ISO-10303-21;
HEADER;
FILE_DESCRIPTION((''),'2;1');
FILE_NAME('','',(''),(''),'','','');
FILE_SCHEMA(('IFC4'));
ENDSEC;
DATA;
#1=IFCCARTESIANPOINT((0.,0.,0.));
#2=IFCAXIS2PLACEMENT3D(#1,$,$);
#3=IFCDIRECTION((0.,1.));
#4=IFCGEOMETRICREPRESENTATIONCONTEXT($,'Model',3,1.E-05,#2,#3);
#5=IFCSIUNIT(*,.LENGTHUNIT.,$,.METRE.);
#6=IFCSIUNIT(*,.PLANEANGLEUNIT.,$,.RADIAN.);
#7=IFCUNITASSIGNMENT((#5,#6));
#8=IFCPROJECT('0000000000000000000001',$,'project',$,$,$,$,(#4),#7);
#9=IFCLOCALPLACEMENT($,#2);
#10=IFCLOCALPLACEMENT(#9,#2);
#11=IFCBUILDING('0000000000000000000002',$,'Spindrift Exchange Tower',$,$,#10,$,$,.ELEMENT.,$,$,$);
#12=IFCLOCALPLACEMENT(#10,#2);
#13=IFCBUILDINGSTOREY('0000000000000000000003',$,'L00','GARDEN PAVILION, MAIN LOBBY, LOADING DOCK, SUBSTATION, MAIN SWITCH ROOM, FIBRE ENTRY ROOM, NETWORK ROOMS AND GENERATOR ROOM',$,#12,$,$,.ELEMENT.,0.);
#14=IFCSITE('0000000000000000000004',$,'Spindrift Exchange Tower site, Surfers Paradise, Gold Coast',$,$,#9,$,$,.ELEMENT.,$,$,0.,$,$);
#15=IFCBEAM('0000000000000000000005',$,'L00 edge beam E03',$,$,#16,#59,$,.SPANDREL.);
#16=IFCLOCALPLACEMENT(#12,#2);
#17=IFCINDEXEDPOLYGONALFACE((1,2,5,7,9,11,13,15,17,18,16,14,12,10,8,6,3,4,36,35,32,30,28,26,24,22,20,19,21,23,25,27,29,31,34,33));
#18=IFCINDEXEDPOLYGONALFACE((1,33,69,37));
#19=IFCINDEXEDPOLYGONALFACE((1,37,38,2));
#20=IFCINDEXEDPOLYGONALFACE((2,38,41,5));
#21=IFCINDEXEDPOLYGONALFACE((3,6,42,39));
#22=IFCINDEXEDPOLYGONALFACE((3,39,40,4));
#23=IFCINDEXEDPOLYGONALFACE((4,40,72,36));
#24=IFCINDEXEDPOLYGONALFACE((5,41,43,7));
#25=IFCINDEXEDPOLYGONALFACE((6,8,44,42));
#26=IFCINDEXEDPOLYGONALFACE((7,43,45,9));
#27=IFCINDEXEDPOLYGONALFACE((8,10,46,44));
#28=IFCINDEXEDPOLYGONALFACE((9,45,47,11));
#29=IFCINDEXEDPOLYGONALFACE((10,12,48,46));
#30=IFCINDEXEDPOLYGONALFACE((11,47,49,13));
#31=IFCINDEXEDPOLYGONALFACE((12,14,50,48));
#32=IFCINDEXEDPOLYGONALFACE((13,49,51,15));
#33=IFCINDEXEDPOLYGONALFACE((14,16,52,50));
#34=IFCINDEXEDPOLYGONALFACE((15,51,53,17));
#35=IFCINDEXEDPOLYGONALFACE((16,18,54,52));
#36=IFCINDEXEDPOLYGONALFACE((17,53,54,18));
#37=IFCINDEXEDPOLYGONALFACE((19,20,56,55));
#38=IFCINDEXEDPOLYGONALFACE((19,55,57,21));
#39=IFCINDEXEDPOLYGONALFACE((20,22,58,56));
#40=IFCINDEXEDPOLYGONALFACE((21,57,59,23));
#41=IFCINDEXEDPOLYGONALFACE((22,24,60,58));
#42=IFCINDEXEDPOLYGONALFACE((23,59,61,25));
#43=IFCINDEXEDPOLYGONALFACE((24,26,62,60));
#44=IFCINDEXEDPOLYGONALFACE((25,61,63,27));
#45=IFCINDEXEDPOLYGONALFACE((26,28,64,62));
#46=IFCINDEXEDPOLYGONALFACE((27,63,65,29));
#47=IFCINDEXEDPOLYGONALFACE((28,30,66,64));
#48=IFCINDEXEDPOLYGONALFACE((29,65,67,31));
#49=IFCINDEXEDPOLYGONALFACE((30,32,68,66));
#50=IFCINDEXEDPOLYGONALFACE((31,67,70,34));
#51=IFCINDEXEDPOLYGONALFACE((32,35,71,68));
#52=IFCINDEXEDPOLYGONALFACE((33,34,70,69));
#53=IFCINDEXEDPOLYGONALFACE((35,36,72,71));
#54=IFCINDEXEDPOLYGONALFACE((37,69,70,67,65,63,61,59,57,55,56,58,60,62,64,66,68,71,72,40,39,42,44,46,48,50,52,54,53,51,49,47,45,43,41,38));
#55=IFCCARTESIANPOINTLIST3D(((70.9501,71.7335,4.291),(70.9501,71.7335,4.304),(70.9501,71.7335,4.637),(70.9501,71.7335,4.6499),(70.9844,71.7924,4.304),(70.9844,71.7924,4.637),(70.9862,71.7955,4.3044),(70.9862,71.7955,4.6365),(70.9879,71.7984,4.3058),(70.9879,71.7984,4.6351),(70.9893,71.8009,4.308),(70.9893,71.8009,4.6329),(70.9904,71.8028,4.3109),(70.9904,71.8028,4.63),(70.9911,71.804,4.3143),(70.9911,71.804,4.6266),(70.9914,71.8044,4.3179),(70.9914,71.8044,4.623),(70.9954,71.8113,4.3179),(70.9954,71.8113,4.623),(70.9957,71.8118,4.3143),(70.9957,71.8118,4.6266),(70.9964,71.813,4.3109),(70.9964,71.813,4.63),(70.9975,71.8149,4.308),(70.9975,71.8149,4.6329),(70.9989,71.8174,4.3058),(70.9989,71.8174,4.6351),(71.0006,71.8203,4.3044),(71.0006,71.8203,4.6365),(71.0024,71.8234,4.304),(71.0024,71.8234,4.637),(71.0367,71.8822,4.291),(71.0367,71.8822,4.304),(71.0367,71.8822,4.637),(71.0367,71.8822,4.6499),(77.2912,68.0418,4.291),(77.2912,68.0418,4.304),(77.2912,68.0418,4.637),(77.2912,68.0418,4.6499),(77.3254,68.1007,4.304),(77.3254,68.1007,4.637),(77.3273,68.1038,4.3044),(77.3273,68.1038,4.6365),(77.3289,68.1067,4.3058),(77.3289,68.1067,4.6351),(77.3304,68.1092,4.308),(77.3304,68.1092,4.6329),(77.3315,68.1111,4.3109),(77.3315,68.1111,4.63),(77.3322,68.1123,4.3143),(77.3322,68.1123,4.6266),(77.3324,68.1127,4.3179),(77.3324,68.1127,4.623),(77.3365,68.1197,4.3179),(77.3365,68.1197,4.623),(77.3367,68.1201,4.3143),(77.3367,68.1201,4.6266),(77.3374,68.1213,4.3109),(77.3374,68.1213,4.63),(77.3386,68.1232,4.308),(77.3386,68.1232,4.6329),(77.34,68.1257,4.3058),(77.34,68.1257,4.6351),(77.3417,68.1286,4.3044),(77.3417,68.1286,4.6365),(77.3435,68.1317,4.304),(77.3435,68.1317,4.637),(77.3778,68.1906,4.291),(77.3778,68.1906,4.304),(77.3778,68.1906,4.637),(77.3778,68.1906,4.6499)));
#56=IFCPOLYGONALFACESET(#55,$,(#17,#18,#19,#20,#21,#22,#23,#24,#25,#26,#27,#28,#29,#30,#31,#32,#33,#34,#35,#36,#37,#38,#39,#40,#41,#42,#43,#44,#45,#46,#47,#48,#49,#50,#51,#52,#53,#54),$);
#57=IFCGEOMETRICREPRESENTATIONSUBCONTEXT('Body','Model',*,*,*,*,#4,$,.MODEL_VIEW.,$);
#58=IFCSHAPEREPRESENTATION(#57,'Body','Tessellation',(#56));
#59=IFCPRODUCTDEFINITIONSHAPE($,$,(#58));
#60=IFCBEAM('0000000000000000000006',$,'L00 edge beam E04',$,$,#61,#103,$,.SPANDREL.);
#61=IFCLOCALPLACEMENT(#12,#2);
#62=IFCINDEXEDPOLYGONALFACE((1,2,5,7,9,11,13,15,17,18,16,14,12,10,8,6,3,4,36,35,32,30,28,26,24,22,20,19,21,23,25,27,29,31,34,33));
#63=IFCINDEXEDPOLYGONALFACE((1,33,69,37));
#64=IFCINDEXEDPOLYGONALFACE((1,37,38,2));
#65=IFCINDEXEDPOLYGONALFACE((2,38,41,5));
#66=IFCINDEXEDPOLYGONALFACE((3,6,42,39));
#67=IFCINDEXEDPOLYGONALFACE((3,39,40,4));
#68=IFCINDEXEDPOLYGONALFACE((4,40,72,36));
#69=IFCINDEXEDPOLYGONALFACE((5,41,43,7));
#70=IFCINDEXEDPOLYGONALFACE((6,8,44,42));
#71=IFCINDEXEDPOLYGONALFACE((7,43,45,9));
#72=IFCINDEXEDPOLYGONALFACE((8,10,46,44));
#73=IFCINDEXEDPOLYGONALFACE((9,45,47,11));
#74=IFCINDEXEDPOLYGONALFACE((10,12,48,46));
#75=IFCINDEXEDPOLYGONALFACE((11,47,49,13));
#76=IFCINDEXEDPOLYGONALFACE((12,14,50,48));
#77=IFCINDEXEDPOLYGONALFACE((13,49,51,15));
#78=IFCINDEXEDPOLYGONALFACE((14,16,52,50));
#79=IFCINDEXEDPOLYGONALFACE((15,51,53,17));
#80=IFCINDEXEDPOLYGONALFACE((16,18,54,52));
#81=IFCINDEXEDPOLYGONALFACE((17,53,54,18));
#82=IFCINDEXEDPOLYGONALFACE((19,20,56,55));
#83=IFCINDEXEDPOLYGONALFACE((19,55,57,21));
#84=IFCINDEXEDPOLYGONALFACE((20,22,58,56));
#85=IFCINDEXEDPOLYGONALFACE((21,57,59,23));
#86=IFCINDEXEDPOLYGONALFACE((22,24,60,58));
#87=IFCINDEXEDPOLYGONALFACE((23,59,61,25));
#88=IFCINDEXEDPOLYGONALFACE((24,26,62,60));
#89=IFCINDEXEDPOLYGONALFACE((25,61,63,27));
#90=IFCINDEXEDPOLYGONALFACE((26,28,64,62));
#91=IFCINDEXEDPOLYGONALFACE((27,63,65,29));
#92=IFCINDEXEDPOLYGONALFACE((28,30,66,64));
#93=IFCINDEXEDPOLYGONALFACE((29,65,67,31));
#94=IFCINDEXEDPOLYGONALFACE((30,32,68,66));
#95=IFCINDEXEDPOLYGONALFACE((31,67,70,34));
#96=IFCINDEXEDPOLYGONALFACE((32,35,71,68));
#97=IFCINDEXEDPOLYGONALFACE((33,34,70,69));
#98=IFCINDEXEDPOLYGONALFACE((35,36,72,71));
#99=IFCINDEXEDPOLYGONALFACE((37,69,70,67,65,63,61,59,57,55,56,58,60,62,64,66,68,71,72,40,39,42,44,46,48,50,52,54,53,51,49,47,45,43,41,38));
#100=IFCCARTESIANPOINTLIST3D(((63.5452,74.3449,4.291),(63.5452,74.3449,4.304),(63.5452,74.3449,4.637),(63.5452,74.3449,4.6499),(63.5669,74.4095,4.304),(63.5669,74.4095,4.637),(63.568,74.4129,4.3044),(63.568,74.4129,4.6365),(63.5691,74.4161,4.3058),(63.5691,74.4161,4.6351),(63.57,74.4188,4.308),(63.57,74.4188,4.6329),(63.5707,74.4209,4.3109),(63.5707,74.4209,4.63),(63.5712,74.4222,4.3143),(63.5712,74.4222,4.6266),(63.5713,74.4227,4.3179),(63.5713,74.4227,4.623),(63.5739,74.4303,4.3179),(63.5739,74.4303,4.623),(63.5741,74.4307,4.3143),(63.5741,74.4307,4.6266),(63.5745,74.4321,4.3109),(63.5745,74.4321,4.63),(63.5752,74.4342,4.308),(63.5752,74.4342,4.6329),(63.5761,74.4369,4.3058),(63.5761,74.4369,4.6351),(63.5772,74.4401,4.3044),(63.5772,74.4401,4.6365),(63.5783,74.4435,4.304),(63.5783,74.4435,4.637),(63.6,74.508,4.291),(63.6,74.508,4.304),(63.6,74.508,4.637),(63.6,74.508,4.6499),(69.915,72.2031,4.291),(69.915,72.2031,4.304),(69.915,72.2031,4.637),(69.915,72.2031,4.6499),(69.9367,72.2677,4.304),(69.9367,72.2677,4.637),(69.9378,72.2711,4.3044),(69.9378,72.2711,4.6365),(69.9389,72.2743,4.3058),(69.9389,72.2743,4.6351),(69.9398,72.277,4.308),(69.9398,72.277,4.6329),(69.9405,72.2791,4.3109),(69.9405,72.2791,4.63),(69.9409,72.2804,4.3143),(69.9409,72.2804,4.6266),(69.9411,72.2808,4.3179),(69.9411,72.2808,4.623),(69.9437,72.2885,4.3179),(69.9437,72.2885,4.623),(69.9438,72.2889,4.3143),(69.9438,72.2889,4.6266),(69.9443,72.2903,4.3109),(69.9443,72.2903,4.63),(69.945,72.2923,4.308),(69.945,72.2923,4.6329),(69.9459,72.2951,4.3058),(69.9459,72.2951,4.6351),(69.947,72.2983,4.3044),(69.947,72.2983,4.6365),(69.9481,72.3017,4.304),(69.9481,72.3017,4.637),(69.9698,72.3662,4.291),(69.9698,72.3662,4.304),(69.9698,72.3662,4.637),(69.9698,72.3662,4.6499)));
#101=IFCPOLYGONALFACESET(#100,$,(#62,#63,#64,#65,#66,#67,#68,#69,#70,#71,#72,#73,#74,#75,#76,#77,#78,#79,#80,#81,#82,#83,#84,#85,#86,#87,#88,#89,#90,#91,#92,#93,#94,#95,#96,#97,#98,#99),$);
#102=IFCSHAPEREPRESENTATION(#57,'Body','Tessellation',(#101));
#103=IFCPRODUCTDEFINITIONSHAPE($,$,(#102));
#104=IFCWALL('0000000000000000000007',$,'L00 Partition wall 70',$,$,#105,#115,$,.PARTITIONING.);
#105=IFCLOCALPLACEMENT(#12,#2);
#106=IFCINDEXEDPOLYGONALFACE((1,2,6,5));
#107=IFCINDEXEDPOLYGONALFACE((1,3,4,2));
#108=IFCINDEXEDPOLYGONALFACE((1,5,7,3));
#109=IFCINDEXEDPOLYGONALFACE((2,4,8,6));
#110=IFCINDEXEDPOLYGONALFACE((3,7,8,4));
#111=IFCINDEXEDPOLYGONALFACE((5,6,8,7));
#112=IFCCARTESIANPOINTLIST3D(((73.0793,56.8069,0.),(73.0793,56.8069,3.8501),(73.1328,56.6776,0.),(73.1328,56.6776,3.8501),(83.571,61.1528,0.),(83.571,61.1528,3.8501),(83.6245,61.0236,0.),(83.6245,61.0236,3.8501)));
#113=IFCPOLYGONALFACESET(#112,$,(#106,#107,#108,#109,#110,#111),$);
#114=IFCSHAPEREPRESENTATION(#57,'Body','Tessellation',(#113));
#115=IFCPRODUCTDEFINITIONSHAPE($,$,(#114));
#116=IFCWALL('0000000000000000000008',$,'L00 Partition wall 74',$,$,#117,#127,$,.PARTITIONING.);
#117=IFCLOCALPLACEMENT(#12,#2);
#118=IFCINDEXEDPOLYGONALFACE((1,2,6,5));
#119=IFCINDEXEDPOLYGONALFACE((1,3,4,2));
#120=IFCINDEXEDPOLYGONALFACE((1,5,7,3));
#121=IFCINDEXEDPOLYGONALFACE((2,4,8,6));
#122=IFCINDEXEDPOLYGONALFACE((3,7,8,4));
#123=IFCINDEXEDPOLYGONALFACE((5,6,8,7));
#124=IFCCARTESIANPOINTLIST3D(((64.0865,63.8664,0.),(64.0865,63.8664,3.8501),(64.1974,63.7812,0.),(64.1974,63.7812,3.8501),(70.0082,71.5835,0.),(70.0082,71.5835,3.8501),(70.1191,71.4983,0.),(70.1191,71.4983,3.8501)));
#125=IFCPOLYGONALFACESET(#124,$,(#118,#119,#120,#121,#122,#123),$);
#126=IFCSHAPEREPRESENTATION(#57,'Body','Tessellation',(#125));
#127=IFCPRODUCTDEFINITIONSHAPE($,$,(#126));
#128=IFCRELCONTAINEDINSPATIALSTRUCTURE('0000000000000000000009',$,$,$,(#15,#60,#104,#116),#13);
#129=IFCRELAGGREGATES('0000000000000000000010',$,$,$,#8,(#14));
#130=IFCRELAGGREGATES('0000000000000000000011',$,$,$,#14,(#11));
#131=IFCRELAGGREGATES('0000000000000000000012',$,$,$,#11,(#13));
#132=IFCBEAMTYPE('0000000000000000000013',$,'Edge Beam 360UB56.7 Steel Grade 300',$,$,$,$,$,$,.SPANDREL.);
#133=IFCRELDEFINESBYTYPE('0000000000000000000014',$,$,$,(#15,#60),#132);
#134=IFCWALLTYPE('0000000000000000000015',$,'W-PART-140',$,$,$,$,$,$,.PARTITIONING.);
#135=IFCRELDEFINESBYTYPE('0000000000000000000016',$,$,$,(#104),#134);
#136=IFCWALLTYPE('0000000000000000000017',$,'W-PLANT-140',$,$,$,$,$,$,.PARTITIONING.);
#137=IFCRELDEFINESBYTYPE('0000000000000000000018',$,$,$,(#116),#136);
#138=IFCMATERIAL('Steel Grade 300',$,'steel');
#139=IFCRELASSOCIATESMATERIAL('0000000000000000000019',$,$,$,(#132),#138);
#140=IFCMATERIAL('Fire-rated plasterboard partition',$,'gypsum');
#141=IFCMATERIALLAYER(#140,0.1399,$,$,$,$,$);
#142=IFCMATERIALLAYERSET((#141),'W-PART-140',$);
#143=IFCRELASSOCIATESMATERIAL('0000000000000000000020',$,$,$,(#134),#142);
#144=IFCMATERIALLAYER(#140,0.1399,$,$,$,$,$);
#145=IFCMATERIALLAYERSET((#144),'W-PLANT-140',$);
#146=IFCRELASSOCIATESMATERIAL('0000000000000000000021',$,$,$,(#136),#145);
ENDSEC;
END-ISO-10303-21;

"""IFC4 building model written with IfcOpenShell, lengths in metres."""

from ifc_helpers import new_model, si_unit, direction, frame, frame_2d, origin, origin_2d, place, context, subcontext, project, spatial, rectangle, i_section, extrude, source, transform, mapped, material, layer, layer_set, material_profile, profile_set, type_object, element, save


model = new_model("IFC4")

# Units and contexts
model_context = context("Model", 3, precision=1e-05, world=origin(), true_north=direction((0.0, 1.0)))
body_context = subcontext(model_context, "Body", "Model", "MODEL_VIEW")
ifc_project = project(units=[si_unit("LENGTHUNIT", "METRE"), si_unit("PLANEANGLEUNIT", "RADIAN")], contexts=[model_context])

# Site, building, storey
site_placement = place(None, origin())
site = spatial("IfcSite", under=ifc_project, at=site_placement, Name="Spindrift Exchange Tower site, Surfers Paradise, Gold Coast", CompositionType="ELEMENT", RefElevation=0.0)
building_placement = place(site_placement, origin())
building = spatial("IfcBuilding", under=site, at=building_placement, Name="Spindrift Exchange Tower", CompositionType="ELEMENT")
storey_placement = place(building_placement, origin())
storey = spatial("IfcBuildingStorey", under=building, at=storey_placement, Name="L00", Description="GARDEN PAVILION, MAIN LOBBY, LOADING DOCK, SUBSTATION, MAIN SWITCH ROOM, FIBRE ENTRY ROOM, NETWORK ROOMS AND GENERATOR ROOM", CompositionType="ELEMENT", Elevation=0.0)

# Beams
ifc_material_1 = material(Name="Steel Grade 300", Category="steel")
ifc_material_profile_1 = material_profile(ifc_material_1, i_section(OverallWidth=0.1721, OverallDepth=0.3589, WebThickness=0.0081, FlangeThickness=0.0129, FilletRadius=0.0139, at=origin_2d()), Name="360UB56.7")
ifc_profile_set_1 = profile_set([ifc_material_profile_1], Name="Steel Grade 300")
beam_type_1 = type_object("IfcBeamType", Name="Edge Beam 360UB56.7 Steel Grade 300", PredefinedType="SPANDREL", material=ifc_profile_set_1)
shared_shape_1 = source(origin(), body_context, "Body", "SweptSolid", [
    extrude(i_section(OverallWidth=0.1721, OverallDepth=0.3589, WebThickness=0.0081, FlangeThickness=0.0129, FilletRadius=0.0139, at=origin_2d()), origin(), (0.0, 0.0, 1.0), 7.3374),
])
beam_1_placement = place(storey_placement, frame((77.3345, 68.1162, 4.4705), z_axis=(-0.864212, 0.503128, 0.0), x_axis=(-0.503128, -0.864212, 0.0)))
element("IfcBeam", 1, at=beam_1_placement, inside=storey, type_object=beam_type_1, Name="L00 edge beam E03", PredefinedType="SPANDREL", context=body_context, shape_type="MappedRepresentation", body=[
    mapped(shared_shape_1, transform((0.0, 0.0, 0.0), scale=1.0)),
])
shared_shape_2 = source(origin(), body_context, "Body", "SweptSolid", [
    extrude(i_section(OverallWidth=0.1721, OverallDepth=0.3589, WebThickness=0.0081, FlangeThickness=0.0129, FilletRadius=0.0139, at=origin_2d()), origin(), (0.0, 0.0, 1.0), 6.7202),
])
beam_2_placement = place(storey_placement, frame((69.9424, 72.2847, 4.4705), z_axis=(-0.947852, 0.318712, 0.0), x_axis=(-0.318712, -0.947852, 0.0)))
element("IfcBeam", 2, at=beam_2_placement, inside=storey, type_object=beam_type_1, Name="L00 edge beam E04", PredefinedType="SPANDREL", context=body_context, shape_type="MappedRepresentation", body=[
    mapped(shared_shape_2, transform((0.0, 0.0, 0.0), scale=1.0)),
])

# Walls
ifc_material_2 = material(Name="Fire-rated plasterboard partition", Category="gypsum")
ifc_layer_1 = layer(ifc_material_2, 0.1399)
ifc_layer_set_1 = layer_set([ifc_layer_1], Name="W-PART-140")
wall_type_1 = type_object("IfcWallType", Name="W-PART-140", PredefinedType="PARTITIONING", material=ifc_layer_set_1)
wall_1_placement = place(storey_placement, frame((73.106, 56.7422, 0.0), z_axis=(0.0, 0.0, 1.0), x_axis=(0.923875, 0.382694, 0.0)))
element("IfcWall", 3, at=wall_1_placement, inside=storey, type_object=wall_type_1, Name="L00 Partition wall 70", PredefinedType="PARTITIONING", context=body_context, shape_type="SweptSolid", body=[
    extrude(rectangle(XDim=11.3562, YDim=0.1399, at=frame_2d((5.6782, 0.0))), origin(), (0.0, 0.0, 1.0), 3.8501),
])
ifc_layer_2 = layer(ifc_material_2, 0.1399)
ifc_layer_set_2 = layer_set([ifc_layer_2], Name="W-PLANT-140")
wall_type_2 = type_object("IfcWallType", Name="W-PLANT-140", PredefinedType="PARTITIONING", material=ifc_layer_set_2)
wall_2_placement = place(storey_placement, frame((70.0637, 71.541, 0.0), z_axis=(0.0, 0.0, 1.0), x_axis=(-0.60877, -0.793347, 0.0)))
element("IfcWall", 4, at=wall_2_placement, inside=storey, type_object=wall_type_2, Name="L00 Partition wall 74", PredefinedType="PARTITIONING", context=body_context, shape_type="SweptSolid", body=[
    extrude(rectangle(XDim=9.7273, YDim=0.1399, at=frame_2d((4.8638, 0.0))), origin(), (0.0, 0.0, 1.0), 3.8501),
])

save(model, "model.ifc")
